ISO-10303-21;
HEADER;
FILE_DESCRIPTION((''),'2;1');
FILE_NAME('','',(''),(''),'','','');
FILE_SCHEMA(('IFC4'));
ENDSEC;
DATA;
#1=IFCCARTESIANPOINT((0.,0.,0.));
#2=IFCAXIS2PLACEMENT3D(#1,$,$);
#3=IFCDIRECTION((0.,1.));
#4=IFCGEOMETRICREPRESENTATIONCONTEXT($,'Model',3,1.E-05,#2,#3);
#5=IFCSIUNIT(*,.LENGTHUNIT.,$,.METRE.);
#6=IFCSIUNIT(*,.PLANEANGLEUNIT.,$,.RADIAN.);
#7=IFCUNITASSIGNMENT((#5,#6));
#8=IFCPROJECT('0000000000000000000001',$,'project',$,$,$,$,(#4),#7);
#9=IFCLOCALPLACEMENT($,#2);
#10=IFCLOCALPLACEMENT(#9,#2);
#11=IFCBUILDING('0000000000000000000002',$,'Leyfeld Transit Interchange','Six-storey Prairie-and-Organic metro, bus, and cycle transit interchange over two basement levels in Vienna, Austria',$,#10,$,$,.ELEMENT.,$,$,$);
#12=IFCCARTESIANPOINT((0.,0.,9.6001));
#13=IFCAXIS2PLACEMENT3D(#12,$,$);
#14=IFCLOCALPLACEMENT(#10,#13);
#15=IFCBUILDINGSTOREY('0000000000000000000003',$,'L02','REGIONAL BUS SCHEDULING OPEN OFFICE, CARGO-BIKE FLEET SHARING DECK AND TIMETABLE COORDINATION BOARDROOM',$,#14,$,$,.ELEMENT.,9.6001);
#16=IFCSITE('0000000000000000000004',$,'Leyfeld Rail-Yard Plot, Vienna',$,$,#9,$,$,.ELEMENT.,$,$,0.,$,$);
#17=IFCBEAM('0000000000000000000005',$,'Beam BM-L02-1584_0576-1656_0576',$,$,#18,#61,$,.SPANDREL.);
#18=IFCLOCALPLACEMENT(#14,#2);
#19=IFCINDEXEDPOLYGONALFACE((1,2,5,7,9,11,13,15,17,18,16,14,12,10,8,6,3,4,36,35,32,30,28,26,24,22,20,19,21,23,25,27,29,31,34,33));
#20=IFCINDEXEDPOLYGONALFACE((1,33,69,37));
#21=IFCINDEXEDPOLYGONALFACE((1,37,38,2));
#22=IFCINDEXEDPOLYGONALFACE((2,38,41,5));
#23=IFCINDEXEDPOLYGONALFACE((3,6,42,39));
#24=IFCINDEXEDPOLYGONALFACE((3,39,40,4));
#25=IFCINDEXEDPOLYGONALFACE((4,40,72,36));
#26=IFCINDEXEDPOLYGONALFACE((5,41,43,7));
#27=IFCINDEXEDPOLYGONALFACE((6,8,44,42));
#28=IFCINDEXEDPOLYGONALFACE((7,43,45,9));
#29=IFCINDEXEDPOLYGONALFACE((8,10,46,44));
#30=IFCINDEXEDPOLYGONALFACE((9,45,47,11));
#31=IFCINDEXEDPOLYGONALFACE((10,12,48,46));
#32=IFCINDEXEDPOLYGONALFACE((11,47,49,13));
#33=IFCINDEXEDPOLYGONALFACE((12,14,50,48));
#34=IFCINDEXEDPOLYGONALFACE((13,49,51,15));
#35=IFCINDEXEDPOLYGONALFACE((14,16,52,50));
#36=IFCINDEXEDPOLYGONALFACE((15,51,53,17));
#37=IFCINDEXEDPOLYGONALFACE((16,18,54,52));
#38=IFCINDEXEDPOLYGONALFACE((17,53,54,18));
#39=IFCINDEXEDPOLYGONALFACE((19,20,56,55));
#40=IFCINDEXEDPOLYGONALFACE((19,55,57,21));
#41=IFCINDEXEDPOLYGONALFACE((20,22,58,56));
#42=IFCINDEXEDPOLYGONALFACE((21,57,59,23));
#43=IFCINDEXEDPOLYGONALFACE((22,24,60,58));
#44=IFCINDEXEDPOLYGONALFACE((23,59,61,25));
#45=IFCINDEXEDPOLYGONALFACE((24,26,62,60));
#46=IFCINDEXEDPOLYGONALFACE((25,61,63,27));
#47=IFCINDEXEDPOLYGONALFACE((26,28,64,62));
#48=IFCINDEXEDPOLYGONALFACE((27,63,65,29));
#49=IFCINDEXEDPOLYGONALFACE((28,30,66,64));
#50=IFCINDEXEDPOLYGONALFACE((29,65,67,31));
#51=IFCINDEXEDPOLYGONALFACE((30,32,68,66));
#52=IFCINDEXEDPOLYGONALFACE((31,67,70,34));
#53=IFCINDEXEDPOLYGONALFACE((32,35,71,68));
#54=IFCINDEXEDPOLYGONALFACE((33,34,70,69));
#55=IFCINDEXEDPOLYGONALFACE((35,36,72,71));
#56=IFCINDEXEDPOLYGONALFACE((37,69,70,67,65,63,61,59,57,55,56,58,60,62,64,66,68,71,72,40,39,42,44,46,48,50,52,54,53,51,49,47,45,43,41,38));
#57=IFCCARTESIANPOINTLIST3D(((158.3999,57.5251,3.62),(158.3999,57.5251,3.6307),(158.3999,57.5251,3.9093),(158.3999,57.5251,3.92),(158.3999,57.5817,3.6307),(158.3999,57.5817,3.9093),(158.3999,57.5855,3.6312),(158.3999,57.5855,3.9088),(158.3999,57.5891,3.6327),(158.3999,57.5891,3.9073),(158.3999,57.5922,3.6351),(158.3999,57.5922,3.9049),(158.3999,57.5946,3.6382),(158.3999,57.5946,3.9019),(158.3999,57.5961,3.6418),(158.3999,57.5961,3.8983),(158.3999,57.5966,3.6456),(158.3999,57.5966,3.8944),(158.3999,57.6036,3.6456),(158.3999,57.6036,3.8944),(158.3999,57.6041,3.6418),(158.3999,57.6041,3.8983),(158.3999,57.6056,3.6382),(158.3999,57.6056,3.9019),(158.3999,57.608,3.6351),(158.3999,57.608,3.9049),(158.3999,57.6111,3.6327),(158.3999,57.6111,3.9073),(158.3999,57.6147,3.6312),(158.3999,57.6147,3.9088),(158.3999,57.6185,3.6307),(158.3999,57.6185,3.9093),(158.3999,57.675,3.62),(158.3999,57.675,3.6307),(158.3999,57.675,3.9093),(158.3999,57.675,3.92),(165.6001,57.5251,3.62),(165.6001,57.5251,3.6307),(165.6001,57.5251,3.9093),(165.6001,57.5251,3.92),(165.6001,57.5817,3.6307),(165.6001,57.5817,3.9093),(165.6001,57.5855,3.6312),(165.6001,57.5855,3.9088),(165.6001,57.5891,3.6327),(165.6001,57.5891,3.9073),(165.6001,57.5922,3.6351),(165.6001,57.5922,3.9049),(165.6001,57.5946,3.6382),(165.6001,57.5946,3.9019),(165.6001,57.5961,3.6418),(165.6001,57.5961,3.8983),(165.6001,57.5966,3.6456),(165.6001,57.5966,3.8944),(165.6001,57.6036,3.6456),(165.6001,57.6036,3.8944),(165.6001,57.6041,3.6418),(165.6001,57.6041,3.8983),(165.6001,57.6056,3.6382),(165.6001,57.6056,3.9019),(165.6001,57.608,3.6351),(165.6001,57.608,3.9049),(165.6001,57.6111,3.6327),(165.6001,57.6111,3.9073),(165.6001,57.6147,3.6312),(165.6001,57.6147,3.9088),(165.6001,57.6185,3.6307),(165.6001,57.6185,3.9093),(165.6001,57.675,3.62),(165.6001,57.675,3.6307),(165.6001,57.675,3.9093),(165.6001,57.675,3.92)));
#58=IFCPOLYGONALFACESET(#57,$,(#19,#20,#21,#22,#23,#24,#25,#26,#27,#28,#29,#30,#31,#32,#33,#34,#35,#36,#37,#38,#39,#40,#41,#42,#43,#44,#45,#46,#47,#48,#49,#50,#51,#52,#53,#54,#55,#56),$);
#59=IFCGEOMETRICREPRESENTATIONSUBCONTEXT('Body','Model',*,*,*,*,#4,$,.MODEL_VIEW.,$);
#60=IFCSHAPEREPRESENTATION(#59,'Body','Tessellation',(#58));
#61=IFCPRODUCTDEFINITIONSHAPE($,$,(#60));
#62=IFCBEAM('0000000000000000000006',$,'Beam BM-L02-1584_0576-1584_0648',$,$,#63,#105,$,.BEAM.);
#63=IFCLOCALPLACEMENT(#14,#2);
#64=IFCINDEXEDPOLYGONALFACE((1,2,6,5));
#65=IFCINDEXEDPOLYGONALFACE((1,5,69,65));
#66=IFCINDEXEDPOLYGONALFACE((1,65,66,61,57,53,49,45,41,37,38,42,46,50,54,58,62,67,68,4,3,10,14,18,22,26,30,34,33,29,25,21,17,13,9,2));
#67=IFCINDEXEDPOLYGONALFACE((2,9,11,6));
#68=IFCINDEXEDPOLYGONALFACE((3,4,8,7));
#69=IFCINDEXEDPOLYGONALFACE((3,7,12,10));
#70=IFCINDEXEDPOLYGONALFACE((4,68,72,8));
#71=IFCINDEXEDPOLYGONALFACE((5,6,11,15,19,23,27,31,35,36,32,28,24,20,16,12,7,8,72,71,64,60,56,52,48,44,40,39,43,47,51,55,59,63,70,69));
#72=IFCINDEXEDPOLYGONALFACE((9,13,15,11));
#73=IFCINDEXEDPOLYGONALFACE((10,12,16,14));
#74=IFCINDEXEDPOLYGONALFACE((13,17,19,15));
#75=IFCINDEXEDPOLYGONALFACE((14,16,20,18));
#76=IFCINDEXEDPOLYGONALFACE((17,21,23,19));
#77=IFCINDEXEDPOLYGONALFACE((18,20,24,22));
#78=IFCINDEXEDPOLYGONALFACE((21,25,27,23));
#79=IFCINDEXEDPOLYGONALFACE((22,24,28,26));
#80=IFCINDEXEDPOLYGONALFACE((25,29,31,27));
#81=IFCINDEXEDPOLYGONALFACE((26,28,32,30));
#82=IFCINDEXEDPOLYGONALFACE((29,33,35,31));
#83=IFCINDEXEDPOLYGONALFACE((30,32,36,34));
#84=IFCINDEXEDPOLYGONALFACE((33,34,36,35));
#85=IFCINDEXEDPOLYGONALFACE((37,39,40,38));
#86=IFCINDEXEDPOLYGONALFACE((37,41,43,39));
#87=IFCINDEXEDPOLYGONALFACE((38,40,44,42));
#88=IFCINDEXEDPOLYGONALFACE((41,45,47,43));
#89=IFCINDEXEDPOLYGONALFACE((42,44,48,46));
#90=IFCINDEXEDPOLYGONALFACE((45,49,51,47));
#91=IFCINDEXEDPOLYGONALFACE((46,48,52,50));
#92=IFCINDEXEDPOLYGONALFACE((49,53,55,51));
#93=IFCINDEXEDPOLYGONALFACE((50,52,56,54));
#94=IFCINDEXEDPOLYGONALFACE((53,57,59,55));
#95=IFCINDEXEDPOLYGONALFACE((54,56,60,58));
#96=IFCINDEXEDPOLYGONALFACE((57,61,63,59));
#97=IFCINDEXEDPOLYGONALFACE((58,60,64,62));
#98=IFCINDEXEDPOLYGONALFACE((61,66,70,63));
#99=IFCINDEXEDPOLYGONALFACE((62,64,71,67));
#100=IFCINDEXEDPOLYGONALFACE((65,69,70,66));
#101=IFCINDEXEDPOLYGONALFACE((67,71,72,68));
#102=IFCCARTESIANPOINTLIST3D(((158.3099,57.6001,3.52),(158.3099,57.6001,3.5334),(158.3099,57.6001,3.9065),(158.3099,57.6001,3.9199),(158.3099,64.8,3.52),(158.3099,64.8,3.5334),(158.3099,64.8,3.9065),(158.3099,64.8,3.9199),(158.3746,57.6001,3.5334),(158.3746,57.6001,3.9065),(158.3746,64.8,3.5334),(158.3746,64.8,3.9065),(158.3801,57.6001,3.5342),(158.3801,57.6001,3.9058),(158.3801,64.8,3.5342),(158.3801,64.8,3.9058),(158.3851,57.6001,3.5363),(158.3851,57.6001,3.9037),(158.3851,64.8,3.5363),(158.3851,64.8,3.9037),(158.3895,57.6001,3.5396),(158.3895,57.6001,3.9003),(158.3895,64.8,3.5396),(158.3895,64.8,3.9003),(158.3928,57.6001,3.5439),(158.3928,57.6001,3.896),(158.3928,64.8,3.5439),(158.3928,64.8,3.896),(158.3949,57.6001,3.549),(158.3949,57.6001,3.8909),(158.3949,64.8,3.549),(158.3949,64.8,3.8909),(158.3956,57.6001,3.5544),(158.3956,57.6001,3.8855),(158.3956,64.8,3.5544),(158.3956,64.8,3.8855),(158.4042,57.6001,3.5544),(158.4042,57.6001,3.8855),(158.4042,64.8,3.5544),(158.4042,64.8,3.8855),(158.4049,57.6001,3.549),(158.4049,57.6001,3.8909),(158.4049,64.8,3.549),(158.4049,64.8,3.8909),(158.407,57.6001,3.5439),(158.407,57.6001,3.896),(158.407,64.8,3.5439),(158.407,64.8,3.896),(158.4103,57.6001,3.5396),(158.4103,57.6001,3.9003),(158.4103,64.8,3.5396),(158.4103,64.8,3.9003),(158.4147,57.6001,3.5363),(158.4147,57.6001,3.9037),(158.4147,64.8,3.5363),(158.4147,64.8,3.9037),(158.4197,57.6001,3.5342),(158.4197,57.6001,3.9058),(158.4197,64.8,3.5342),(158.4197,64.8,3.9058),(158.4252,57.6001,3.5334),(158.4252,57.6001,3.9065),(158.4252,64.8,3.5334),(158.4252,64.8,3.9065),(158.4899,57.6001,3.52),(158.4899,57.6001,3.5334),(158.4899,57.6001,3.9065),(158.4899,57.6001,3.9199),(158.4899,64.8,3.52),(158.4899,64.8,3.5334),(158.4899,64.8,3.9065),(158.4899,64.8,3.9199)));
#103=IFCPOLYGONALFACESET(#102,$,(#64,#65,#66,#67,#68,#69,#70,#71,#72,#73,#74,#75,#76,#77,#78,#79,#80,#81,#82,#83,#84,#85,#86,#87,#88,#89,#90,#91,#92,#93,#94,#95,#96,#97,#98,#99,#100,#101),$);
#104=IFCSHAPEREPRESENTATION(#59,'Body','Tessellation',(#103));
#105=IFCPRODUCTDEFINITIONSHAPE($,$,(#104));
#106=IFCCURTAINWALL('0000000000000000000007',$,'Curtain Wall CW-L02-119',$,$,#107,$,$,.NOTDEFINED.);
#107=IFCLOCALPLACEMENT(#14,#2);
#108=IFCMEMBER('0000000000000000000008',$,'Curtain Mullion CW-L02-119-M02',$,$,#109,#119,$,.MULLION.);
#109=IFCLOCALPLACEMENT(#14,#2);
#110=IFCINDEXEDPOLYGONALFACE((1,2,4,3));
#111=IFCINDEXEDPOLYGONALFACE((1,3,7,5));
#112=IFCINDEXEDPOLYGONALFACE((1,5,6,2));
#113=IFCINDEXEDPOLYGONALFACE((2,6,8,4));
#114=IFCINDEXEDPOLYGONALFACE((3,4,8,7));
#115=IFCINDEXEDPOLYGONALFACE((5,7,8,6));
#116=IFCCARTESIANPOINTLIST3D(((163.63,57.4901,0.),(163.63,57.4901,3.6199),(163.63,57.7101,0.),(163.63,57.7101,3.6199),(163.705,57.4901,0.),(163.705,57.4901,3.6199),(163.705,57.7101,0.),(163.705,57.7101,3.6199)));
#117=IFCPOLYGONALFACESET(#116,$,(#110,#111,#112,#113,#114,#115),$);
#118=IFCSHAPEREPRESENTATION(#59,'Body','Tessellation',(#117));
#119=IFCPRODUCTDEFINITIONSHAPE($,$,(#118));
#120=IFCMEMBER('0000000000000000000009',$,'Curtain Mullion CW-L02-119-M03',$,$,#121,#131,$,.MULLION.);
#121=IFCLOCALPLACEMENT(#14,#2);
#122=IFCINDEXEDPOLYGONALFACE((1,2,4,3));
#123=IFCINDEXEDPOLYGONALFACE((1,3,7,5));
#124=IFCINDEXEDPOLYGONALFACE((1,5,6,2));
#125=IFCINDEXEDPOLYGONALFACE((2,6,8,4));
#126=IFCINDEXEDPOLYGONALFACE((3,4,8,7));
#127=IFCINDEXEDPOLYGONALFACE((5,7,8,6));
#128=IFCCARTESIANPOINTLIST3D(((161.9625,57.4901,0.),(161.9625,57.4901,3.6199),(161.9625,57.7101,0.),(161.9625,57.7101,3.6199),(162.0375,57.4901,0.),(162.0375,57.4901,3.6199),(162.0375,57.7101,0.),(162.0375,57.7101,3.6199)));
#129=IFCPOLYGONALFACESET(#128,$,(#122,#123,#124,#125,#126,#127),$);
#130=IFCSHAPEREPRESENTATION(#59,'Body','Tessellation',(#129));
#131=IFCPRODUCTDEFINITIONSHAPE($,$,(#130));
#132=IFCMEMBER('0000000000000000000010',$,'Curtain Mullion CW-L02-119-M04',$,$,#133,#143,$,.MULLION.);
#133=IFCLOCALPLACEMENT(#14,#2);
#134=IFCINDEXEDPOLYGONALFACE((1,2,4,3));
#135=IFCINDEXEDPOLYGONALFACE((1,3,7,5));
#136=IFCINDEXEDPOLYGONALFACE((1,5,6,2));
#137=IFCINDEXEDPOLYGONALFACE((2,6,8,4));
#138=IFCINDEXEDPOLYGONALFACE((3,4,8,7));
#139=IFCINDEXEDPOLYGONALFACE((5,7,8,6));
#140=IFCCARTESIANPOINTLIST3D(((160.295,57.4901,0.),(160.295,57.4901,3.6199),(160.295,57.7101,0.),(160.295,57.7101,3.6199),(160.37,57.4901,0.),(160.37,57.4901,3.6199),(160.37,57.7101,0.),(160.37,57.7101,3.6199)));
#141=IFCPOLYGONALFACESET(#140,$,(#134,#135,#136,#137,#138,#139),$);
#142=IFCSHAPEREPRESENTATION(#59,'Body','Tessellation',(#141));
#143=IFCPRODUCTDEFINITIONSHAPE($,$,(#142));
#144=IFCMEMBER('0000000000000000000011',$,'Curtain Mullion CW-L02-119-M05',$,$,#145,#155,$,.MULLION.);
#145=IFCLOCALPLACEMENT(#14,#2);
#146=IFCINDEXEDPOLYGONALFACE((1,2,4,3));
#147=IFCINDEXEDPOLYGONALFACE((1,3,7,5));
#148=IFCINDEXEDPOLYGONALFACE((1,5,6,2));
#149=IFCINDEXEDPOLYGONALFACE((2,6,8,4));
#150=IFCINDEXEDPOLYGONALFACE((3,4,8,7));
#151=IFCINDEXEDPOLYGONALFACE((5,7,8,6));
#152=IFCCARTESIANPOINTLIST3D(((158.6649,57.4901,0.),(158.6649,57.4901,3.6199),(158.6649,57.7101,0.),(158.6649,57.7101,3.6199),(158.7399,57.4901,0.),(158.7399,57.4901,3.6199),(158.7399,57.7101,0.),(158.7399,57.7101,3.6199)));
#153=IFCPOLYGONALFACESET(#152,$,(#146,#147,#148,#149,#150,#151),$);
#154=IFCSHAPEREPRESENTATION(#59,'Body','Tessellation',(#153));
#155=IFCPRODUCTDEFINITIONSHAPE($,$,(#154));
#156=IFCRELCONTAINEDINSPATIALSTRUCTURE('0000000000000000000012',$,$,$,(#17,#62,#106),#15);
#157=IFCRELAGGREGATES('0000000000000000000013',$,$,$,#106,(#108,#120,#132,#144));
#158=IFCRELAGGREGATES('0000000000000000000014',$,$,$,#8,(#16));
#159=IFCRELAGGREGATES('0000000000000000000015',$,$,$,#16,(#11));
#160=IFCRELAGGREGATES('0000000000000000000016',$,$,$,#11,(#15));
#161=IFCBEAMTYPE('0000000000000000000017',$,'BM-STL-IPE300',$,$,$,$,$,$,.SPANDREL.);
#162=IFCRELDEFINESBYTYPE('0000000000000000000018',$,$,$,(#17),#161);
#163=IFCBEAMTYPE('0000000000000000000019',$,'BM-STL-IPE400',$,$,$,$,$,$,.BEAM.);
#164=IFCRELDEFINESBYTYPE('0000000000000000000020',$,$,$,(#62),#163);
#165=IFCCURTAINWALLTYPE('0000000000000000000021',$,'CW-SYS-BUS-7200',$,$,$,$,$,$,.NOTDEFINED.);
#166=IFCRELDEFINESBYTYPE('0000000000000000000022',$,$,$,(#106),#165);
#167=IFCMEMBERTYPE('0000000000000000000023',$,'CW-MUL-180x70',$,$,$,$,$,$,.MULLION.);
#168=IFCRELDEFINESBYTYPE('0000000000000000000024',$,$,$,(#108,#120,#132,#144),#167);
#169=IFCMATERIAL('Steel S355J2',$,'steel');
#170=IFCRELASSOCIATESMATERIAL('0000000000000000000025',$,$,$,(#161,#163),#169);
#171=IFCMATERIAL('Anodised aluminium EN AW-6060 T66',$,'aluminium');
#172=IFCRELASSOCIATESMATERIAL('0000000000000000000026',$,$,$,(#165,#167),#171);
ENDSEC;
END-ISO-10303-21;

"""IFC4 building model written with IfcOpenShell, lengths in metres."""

from ifc_helpers import new_model, si_unit, direction, frame, origin, origin_2d, place, context, subcontext, project, spatial, rectangle, i_section, extrude, material, material_profile, profile_set, type_object, element, aggregate, save


model = new_model("IFC4")

# Units and contexts
model_context = context("Model", 3, precision=1e-05, world=origin(), true_north=direction((0.0, 1.0)))
body_context = subcontext(model_context, "Body", "Model", "MODEL_VIEW")
ifc_project = project(units=[si_unit("LENGTHUNIT", "METRE"), si_unit("PLANEANGLEUNIT", "RADIAN")], contexts=[model_context])

# Site, building, storey
site_placement = place(None, origin())
site = spatial("IfcSite", under=ifc_project, at=site_placement, Name="Leyfeld Rail-Yard Plot, Vienna", CompositionType="ELEMENT", RefElevation=0.0)
building_placement = place(site_placement, origin())
building = spatial("IfcBuilding", under=site, at=building_placement, Name="Leyfeld Transit Interchange", Description="Six-storey Prairie-and-Organic metro, bus, and cycle transit interchange over two basement levels in Vienna, Austria", CompositionType="ELEMENT")
storey_placement = place(building_placement, frame((0.0, 0.0, 9.6001)))
storey = spatial("IfcBuildingStorey", under=building, at=storey_placement, Name="L02", Description="REGIONAL BUS SCHEDULING OPEN OFFICE, CARGO-BIKE FLEET SHARING DECK AND TIMETABLE COORDINATION BOARDROOM", CompositionType="ELEMENT", Elevation=9.6001)

# Beams
ifc_material_1 = material(Name="Steel S355J2", Category="steel")
ifc_material_profile_1 = material_profile(ifc_material_1, i_section(OverallWidth=0.1499, OverallDepth=0.3, WebThickness=0.0071, FlangeThickness=0.0107, FilletRadius=0.0149, at=origin_2d()), Name="IPE 300")
ifc_profile_set_1 = profile_set([ifc_material_profile_1], Name="Steel S355J2")
beam_type_1 = type_object("IfcBeamType", Name="BM-STL-IPE300", PredefinedType="SPANDREL", material=ifc_profile_set_1)
beam_1_placement = place(storey_placement, frame((158.3999, 57.6001, 3.77), z_axis=(1.0, 0.0, 0.0), x_axis=(0.0, 1.0, 0.0)))
element("IfcBeam", 1, at=beam_1_placement, inside=storey, type_object=beam_type_1, Name="Beam BM-L02-1584_0576-1656_0576", PredefinedType="SPANDREL", context=body_context, shape_type="SweptSolid", body=[
    extrude(i_section(OverallWidth=0.1499, OverallDepth=0.3, WebThickness=0.0071, FlangeThickness=0.0107, FilletRadius=0.0149, at=origin_2d()), origin(), (0.0, 0.0, 1.0), 7.2002),
])
ifc_material_profile_2 = material_profile(ifc_material_1, i_section(OverallWidth=0.1799, OverallDepth=0.3999, WebThickness=0.0085, FlangeThickness=0.0134, FilletRadius=0.021, at=origin_2d()), Name="IPE 400")
ifc_profile_set_2 = profile_set([ifc_material_profile_2], Name="Steel S355J2")
beam_type_2 = type_object("IfcBeamType", Name="BM-STL-IPE400", PredefinedType="BEAM", material=ifc_profile_set_2)
beam_2_placement = place(storey_placement, frame((158.3999, 57.6001, 3.72), z_axis=(0.0, 1.0, 0.0), x_axis=(-1.0, 0.0, 0.0)))
element("IfcBeam", 2, at=beam_2_placement, inside=storey, type_object=beam_type_2, Name="Beam BM-L02-1584_0576-1584_0648", PredefinedType="BEAM", context=body_context, shape_type="SweptSolid", body=[
    extrude(i_section(OverallWidth=0.1799, OverallDepth=0.3999, WebThickness=0.0085, FlangeThickness=0.0134, FilletRadius=0.021, at=origin_2d()), origin(), (0.0, 0.0, 1.0), 7.2),
])

# Curtain wall, members
ifc_material_2 = material(Name="Anodised aluminium EN AW-6060 T66", Category="aluminium")
curtain_wall_type = type_object("IfcCurtainWallType", Name="CW-SYS-BUS-7200", PredefinedType="NOTDEFINED", material=ifc_material_2)
curtain_wall_placement = place(storey_placement, origin())
curtain_wall = element("IfcCurtainWall", 3, at=curtain_wall_placement, inside=storey, type_object=curtain_wall_type, Name="Curtain Wall CW-L02-119", PredefinedType="NOTDEFINED")
ifc_material_profile_3 = material_profile(ifc_material_2, rectangle(XDim=0.075, YDim=0.22, at=origin_2d()), Name="CW-M 75x220")
ifc_profile_set_3 = profile_set([ifc_material_profile_3], Name="Anodised aluminium EN AW-6060 T66")
member_type_1 = type_object("IfcMemberType", Name="CW-MUL-180x70", PredefinedType="MULLION", material=ifc_profile_set_3)
member_1_placement = place(storey_placement, frame((163.6675, 57.6001, 0.0), z_axis=(0.0, 0.0, 1.0), x_axis=(-1.0, 0.0, 0.0)))
member_1 = element("IfcMember", 4, at=member_1_placement, type_object=member_type_1, Name="Curtain Mullion CW-L02-119-M02", PredefinedType="MULLION", context=body_context, shape_type="SweptSolid", body=[
    extrude(rectangle(XDim=0.075, YDim=0.22, at=origin_2d()), origin(), (0.0, 0.0, 1.0), 3.6199),
])
member_2_placement = place(storey_placement, frame((162.0, 57.6001, 0.0), z_axis=(0.0, 0.0, 1.0), x_axis=(-1.0, 0.0, 0.0)))
member_2 = element("IfcMember", 5, at=member_2_placement, type_object=member_type_1, Name="Curtain Mullion CW-L02-119-M03", PredefinedType="MULLION", context=body_context, shape_type="SweptSolid", body=[
    extrude(rectangle(XDim=0.075, YDim=0.22, at=origin_2d()), origin(), (0.0, 0.0, 1.0), 3.6199),
])
member_3_placement = place(storey_placement, frame((160.3325, 57.6001, 0.0), z_axis=(0.0, 0.0, 1.0), x_axis=(-1.0, 0.0, 0.0)))
member_3 = element("IfcMember", 6, at=member_3_placement, type_object=member_type_1, Name="Curtain Mullion CW-L02-119-M04", PredefinedType="MULLION", context=body_context, shape_type="SweptSolid", body=[
    extrude(rectangle(XDim=0.075, YDim=0.22, at=origin_2d()), origin(), (0.0, 0.0, 1.0), 3.6199),
])
member_4_placement = place(storey_placement, frame((158.7024, 57.6001, 0.0), z_axis=(0.0, 0.0, 1.0), x_axis=(-1.0, 0.0, 0.0)))
member_4 = element("IfcMember", 7, at=member_4_placement, type_object=member_type_1, Name="Curtain Mullion CW-L02-119-M05", PredefinedType="MULLION", context=body_context, shape_type="SweptSolid", body=[
    extrude(rectangle(XDim=0.075, YDim=0.22, at=origin_2d()), origin(), (0.0, 0.0, 1.0), 3.6199),
])

aggregate(curtain_wall, [member_1, member_2, member_3, member_4])

save(model, "model.ifc")
